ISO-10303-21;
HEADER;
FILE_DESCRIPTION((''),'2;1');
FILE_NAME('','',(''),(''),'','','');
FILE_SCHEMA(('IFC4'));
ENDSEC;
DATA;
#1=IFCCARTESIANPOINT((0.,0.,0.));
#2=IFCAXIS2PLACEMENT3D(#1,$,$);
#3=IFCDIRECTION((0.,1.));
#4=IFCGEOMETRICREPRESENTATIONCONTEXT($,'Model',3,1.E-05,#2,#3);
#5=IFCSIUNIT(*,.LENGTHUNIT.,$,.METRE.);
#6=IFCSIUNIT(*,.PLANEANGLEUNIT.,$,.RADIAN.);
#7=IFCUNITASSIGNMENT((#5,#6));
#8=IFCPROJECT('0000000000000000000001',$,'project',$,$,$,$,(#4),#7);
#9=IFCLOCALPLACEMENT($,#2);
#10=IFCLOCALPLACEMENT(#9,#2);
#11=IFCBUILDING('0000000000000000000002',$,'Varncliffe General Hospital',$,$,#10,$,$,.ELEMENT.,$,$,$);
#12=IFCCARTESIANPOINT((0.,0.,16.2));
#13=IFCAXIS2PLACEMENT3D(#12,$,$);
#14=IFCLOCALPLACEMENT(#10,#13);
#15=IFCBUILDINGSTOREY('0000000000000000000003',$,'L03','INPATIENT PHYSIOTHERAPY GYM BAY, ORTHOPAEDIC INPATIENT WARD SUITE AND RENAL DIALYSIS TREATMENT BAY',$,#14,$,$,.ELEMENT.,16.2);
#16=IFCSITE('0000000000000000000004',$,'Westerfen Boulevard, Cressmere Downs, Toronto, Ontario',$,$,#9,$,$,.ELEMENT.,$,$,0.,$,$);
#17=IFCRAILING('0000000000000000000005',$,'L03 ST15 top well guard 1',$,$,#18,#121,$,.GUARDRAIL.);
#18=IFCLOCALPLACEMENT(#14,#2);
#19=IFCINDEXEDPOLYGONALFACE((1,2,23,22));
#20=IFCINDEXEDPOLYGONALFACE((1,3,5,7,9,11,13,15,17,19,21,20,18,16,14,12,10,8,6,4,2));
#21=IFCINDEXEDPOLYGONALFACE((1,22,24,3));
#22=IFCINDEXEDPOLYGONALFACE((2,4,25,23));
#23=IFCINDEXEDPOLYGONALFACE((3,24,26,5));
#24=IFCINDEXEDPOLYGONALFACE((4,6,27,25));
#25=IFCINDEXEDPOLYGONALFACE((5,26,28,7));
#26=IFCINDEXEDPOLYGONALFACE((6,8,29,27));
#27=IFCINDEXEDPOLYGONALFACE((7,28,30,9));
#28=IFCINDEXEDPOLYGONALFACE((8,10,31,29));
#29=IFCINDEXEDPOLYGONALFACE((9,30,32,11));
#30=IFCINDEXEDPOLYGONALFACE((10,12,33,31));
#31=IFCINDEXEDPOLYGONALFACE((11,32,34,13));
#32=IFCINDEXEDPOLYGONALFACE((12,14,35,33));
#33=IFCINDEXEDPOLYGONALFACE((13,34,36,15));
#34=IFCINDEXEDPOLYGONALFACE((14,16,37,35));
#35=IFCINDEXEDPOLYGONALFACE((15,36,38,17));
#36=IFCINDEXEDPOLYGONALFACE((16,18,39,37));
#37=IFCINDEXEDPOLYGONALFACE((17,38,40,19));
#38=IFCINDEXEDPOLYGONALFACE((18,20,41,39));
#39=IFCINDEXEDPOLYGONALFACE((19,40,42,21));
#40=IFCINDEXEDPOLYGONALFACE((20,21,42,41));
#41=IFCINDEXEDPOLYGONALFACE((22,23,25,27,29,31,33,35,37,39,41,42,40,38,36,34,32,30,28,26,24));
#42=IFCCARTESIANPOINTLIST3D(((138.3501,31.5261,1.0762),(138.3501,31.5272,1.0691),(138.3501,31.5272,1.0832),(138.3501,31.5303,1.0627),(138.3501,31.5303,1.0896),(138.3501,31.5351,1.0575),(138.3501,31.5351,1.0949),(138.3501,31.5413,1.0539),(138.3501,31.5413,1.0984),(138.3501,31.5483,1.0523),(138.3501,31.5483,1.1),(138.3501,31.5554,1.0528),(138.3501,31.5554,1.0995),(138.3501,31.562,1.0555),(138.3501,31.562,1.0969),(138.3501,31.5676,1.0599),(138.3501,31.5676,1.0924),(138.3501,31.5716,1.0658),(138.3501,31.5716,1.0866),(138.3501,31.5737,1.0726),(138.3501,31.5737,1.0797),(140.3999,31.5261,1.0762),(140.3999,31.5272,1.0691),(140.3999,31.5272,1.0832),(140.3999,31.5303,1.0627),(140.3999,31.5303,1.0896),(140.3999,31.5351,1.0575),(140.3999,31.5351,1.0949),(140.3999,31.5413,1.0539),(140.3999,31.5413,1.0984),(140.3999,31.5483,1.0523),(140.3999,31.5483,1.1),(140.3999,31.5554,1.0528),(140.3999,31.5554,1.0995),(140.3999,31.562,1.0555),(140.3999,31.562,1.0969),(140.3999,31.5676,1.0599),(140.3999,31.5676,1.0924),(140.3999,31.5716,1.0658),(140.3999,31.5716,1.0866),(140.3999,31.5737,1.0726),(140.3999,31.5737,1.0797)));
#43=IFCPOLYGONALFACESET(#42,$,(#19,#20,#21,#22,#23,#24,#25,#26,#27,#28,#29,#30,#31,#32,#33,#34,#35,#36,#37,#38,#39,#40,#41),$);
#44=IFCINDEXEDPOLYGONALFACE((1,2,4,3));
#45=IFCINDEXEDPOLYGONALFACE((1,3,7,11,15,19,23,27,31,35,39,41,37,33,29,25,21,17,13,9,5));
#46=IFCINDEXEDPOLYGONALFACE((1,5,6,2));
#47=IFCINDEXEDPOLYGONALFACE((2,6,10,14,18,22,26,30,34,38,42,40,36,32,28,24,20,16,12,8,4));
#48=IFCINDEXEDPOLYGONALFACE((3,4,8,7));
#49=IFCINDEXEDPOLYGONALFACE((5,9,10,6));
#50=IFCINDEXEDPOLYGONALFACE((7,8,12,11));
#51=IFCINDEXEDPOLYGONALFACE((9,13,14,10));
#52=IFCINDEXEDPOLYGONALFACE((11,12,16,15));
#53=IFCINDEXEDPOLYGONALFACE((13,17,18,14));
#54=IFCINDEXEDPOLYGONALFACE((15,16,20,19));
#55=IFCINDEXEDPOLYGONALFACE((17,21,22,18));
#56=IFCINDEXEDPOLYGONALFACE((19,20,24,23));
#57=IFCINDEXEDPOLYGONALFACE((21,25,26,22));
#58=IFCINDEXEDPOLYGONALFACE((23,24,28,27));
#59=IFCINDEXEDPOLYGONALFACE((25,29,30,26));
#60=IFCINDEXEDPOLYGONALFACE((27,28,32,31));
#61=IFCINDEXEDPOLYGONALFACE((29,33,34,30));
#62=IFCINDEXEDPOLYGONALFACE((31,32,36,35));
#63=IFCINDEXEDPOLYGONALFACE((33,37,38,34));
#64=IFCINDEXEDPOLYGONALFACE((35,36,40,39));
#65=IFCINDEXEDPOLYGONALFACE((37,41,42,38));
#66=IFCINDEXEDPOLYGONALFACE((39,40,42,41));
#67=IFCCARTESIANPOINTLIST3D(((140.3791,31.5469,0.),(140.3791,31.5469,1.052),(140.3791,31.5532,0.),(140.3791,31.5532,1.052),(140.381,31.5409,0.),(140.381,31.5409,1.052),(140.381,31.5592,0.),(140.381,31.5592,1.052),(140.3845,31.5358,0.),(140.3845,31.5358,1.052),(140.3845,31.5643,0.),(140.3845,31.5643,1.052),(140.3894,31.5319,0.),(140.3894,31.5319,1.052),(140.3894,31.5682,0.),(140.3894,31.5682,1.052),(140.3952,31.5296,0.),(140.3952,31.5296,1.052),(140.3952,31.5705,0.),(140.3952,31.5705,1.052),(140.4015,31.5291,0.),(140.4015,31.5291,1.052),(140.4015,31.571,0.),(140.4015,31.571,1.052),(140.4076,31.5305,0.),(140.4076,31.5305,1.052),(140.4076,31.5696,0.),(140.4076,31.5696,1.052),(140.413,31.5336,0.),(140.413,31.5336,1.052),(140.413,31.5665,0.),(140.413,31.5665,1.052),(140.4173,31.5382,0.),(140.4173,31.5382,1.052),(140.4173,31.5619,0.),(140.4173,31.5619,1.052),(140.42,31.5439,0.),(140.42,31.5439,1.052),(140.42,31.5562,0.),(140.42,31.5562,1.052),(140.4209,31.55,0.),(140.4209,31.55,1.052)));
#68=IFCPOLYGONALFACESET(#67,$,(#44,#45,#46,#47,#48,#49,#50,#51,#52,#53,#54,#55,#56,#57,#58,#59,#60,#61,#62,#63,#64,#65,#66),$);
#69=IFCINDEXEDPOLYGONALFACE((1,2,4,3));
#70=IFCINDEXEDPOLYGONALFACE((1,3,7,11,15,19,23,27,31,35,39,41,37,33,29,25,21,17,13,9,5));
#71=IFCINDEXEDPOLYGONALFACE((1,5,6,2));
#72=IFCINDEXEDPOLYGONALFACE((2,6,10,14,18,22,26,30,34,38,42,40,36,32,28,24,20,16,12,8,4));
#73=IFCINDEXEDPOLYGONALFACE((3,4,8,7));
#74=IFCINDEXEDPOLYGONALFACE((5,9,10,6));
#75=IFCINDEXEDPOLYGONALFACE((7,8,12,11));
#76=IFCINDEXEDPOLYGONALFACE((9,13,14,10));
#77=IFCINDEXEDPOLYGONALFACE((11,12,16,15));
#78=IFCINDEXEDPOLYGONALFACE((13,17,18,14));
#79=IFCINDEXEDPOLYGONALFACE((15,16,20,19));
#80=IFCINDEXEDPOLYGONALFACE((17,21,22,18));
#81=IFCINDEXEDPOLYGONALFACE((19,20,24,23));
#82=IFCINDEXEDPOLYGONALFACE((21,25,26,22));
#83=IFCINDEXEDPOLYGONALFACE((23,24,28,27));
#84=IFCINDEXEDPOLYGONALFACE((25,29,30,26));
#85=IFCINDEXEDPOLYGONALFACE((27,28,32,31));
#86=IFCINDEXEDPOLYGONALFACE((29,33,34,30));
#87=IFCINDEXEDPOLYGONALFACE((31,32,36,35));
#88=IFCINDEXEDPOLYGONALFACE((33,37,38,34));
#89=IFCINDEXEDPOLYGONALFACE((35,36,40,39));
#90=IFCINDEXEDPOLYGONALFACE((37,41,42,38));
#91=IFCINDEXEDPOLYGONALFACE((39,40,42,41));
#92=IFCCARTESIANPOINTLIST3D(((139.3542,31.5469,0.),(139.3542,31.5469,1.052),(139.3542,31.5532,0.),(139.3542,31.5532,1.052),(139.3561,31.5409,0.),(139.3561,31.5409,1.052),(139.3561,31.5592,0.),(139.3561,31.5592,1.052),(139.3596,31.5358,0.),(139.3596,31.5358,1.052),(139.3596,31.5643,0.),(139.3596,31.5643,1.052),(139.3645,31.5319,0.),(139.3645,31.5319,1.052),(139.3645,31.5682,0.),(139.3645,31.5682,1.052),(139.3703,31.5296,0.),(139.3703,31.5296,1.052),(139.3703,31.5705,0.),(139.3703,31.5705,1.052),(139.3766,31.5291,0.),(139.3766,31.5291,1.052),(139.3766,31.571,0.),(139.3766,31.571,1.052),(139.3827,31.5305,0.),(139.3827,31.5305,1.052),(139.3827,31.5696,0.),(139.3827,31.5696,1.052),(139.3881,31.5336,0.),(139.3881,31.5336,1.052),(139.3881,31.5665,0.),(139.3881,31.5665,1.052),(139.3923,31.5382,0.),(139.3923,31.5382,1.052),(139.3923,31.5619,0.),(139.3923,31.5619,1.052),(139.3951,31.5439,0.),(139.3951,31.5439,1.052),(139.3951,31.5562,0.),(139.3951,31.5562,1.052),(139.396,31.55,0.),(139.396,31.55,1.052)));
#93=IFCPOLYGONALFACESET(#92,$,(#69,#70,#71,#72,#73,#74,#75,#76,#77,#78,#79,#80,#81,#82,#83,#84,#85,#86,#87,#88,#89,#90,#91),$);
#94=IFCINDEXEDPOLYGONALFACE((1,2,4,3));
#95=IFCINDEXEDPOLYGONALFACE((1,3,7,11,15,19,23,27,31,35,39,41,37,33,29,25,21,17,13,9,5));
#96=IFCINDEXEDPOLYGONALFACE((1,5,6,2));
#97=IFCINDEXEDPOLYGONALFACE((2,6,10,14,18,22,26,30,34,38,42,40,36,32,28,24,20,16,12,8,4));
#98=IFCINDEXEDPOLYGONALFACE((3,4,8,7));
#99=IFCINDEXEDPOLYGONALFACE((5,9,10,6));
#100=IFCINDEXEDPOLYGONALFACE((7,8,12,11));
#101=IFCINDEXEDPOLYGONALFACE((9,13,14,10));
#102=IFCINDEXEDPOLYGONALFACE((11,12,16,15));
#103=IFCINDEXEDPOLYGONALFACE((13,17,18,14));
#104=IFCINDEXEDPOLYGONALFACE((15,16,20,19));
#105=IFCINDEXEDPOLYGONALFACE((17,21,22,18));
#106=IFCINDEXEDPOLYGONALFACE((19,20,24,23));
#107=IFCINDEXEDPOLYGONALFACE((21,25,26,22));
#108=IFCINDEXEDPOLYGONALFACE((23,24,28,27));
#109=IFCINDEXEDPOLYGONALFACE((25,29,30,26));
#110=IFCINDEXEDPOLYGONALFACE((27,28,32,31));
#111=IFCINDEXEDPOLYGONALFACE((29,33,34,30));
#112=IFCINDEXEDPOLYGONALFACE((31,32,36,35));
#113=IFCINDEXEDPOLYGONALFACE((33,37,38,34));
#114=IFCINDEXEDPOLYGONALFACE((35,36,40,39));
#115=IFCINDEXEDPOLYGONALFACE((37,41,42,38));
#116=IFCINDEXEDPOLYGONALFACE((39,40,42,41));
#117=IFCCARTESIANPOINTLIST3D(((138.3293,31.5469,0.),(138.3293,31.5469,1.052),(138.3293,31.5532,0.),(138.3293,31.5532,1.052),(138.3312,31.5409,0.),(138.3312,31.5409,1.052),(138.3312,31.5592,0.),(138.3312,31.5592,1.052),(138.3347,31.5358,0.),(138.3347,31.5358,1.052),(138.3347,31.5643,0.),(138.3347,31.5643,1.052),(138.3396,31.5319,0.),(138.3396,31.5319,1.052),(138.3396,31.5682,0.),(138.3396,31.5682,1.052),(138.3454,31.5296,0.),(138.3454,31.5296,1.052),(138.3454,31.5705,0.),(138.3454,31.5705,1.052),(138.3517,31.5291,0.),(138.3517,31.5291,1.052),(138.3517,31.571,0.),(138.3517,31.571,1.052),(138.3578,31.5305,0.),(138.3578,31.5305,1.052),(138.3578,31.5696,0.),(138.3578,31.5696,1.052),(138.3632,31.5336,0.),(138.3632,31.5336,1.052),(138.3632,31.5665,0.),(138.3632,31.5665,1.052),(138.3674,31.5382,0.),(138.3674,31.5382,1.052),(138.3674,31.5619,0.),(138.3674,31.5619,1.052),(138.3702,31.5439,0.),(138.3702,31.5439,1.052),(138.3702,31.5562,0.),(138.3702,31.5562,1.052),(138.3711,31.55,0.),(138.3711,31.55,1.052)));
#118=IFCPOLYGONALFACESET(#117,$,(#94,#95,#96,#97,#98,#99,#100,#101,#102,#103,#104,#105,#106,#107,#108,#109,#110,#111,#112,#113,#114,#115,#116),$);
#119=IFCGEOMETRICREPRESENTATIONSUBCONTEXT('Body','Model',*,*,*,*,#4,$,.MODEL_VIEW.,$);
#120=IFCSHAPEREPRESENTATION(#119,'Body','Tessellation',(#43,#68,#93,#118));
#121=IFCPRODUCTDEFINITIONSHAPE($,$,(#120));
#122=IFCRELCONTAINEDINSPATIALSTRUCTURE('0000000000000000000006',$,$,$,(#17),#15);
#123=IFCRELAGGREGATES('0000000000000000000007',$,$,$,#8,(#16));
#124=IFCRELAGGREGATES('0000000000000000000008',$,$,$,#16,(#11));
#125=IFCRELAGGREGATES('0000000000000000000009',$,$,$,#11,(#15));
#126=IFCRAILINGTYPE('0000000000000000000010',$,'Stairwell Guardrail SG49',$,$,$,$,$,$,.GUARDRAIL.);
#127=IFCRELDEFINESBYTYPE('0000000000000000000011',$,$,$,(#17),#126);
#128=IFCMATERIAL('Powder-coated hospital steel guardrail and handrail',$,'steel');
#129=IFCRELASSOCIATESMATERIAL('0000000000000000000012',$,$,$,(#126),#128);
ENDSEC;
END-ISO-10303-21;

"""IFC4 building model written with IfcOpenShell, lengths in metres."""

from ifc_helpers import new_model, si_unit, direction, frame, origin, origin_2d, place, context, subcontext, project, spatial, circle, extrude, material, type_object, element, save


model = new_model("IFC4")

# Units and contexts
model_context = context("Model", 3, precision=1e-05, world=origin(), true_north=direction((0.0, 1.0)))
body_context = subcontext(model_context, "Body", "Model", "MODEL_VIEW")
ifc_project = project(units=[si_unit("LENGTHUNIT", "METRE"), si_unit("PLANEANGLEUNIT", "RADIAN")], contexts=[model_context])

# Site, building, storey
site_placement = place(None, origin())
site = spatial("IfcSite", under=ifc_project, at=site_placement, Name="Westerfen Boulevard, Cressmere Downs, Toronto, Ontario", CompositionType="ELEMENT", RefElevation=0.0)
building_placement = place(site_placement, origin())
building = spatial("IfcBuilding", under=site, at=building_placement, Name="Varncliffe General Hospital", CompositionType="ELEMENT")
storey_placement = place(building_placement, frame((0.0, 0.0, 16.2)))
storey = spatial("IfcBuildingStorey", under=building, at=storey_placement, Name="L03", Description="INPATIENT PHYSIOTHERAPY GYM BAY, ORTHOPAEDIC INPATIENT WARD SUITE AND RENAL DIALYSIS TREATMENT BAY", CompositionType="ELEMENT", Elevation=16.2)

# Railing
ifc_material_1 = material(Name="Powder-coated hospital steel guardrail and handrail", Category="steel")
railing_type = type_object("IfcRailingType", Name="Stairwell Guardrail SG49", PredefinedType="GUARDRAIL", material=ifc_material_1)
railing_placement = place(storey_placement, frame((140.3999, 31.55, 0.0)))
element("IfcRailing", 1, at=railing_placement, inside=storey, type_object=railing_type, Name="L03 ST15 top well guard 1", PredefinedType="GUARDRAIL", context=body_context, shape_type="SweptSolid", body=[
    extrude(circle(Radius=0.0239, at=origin_2d()), frame((0.0, 0.0, 1.0762), z_axis=(-1.0, 0.0, 0.0), x_axis=(0.0, -1.0, 0.0)), (0.0, 0.0, 1.0), 2.0498),
    extrude(circle(Radius=0.021, at=origin_2d()), origin(), (0.0, 0.0, 1.0), 1.052),
    extrude(circle(Radius=0.021, at=origin_2d()), frame((-1.0249, 0.0, 0.0)), (0.0, 0.0, 1.0), 1.052),
    extrude(circle(Radius=0.021, at=origin_2d()), frame((-2.0498, 0.0, 0.0)), (0.0, 0.0, 1.0), 1.052),
])

save(model, "model.ifc")
